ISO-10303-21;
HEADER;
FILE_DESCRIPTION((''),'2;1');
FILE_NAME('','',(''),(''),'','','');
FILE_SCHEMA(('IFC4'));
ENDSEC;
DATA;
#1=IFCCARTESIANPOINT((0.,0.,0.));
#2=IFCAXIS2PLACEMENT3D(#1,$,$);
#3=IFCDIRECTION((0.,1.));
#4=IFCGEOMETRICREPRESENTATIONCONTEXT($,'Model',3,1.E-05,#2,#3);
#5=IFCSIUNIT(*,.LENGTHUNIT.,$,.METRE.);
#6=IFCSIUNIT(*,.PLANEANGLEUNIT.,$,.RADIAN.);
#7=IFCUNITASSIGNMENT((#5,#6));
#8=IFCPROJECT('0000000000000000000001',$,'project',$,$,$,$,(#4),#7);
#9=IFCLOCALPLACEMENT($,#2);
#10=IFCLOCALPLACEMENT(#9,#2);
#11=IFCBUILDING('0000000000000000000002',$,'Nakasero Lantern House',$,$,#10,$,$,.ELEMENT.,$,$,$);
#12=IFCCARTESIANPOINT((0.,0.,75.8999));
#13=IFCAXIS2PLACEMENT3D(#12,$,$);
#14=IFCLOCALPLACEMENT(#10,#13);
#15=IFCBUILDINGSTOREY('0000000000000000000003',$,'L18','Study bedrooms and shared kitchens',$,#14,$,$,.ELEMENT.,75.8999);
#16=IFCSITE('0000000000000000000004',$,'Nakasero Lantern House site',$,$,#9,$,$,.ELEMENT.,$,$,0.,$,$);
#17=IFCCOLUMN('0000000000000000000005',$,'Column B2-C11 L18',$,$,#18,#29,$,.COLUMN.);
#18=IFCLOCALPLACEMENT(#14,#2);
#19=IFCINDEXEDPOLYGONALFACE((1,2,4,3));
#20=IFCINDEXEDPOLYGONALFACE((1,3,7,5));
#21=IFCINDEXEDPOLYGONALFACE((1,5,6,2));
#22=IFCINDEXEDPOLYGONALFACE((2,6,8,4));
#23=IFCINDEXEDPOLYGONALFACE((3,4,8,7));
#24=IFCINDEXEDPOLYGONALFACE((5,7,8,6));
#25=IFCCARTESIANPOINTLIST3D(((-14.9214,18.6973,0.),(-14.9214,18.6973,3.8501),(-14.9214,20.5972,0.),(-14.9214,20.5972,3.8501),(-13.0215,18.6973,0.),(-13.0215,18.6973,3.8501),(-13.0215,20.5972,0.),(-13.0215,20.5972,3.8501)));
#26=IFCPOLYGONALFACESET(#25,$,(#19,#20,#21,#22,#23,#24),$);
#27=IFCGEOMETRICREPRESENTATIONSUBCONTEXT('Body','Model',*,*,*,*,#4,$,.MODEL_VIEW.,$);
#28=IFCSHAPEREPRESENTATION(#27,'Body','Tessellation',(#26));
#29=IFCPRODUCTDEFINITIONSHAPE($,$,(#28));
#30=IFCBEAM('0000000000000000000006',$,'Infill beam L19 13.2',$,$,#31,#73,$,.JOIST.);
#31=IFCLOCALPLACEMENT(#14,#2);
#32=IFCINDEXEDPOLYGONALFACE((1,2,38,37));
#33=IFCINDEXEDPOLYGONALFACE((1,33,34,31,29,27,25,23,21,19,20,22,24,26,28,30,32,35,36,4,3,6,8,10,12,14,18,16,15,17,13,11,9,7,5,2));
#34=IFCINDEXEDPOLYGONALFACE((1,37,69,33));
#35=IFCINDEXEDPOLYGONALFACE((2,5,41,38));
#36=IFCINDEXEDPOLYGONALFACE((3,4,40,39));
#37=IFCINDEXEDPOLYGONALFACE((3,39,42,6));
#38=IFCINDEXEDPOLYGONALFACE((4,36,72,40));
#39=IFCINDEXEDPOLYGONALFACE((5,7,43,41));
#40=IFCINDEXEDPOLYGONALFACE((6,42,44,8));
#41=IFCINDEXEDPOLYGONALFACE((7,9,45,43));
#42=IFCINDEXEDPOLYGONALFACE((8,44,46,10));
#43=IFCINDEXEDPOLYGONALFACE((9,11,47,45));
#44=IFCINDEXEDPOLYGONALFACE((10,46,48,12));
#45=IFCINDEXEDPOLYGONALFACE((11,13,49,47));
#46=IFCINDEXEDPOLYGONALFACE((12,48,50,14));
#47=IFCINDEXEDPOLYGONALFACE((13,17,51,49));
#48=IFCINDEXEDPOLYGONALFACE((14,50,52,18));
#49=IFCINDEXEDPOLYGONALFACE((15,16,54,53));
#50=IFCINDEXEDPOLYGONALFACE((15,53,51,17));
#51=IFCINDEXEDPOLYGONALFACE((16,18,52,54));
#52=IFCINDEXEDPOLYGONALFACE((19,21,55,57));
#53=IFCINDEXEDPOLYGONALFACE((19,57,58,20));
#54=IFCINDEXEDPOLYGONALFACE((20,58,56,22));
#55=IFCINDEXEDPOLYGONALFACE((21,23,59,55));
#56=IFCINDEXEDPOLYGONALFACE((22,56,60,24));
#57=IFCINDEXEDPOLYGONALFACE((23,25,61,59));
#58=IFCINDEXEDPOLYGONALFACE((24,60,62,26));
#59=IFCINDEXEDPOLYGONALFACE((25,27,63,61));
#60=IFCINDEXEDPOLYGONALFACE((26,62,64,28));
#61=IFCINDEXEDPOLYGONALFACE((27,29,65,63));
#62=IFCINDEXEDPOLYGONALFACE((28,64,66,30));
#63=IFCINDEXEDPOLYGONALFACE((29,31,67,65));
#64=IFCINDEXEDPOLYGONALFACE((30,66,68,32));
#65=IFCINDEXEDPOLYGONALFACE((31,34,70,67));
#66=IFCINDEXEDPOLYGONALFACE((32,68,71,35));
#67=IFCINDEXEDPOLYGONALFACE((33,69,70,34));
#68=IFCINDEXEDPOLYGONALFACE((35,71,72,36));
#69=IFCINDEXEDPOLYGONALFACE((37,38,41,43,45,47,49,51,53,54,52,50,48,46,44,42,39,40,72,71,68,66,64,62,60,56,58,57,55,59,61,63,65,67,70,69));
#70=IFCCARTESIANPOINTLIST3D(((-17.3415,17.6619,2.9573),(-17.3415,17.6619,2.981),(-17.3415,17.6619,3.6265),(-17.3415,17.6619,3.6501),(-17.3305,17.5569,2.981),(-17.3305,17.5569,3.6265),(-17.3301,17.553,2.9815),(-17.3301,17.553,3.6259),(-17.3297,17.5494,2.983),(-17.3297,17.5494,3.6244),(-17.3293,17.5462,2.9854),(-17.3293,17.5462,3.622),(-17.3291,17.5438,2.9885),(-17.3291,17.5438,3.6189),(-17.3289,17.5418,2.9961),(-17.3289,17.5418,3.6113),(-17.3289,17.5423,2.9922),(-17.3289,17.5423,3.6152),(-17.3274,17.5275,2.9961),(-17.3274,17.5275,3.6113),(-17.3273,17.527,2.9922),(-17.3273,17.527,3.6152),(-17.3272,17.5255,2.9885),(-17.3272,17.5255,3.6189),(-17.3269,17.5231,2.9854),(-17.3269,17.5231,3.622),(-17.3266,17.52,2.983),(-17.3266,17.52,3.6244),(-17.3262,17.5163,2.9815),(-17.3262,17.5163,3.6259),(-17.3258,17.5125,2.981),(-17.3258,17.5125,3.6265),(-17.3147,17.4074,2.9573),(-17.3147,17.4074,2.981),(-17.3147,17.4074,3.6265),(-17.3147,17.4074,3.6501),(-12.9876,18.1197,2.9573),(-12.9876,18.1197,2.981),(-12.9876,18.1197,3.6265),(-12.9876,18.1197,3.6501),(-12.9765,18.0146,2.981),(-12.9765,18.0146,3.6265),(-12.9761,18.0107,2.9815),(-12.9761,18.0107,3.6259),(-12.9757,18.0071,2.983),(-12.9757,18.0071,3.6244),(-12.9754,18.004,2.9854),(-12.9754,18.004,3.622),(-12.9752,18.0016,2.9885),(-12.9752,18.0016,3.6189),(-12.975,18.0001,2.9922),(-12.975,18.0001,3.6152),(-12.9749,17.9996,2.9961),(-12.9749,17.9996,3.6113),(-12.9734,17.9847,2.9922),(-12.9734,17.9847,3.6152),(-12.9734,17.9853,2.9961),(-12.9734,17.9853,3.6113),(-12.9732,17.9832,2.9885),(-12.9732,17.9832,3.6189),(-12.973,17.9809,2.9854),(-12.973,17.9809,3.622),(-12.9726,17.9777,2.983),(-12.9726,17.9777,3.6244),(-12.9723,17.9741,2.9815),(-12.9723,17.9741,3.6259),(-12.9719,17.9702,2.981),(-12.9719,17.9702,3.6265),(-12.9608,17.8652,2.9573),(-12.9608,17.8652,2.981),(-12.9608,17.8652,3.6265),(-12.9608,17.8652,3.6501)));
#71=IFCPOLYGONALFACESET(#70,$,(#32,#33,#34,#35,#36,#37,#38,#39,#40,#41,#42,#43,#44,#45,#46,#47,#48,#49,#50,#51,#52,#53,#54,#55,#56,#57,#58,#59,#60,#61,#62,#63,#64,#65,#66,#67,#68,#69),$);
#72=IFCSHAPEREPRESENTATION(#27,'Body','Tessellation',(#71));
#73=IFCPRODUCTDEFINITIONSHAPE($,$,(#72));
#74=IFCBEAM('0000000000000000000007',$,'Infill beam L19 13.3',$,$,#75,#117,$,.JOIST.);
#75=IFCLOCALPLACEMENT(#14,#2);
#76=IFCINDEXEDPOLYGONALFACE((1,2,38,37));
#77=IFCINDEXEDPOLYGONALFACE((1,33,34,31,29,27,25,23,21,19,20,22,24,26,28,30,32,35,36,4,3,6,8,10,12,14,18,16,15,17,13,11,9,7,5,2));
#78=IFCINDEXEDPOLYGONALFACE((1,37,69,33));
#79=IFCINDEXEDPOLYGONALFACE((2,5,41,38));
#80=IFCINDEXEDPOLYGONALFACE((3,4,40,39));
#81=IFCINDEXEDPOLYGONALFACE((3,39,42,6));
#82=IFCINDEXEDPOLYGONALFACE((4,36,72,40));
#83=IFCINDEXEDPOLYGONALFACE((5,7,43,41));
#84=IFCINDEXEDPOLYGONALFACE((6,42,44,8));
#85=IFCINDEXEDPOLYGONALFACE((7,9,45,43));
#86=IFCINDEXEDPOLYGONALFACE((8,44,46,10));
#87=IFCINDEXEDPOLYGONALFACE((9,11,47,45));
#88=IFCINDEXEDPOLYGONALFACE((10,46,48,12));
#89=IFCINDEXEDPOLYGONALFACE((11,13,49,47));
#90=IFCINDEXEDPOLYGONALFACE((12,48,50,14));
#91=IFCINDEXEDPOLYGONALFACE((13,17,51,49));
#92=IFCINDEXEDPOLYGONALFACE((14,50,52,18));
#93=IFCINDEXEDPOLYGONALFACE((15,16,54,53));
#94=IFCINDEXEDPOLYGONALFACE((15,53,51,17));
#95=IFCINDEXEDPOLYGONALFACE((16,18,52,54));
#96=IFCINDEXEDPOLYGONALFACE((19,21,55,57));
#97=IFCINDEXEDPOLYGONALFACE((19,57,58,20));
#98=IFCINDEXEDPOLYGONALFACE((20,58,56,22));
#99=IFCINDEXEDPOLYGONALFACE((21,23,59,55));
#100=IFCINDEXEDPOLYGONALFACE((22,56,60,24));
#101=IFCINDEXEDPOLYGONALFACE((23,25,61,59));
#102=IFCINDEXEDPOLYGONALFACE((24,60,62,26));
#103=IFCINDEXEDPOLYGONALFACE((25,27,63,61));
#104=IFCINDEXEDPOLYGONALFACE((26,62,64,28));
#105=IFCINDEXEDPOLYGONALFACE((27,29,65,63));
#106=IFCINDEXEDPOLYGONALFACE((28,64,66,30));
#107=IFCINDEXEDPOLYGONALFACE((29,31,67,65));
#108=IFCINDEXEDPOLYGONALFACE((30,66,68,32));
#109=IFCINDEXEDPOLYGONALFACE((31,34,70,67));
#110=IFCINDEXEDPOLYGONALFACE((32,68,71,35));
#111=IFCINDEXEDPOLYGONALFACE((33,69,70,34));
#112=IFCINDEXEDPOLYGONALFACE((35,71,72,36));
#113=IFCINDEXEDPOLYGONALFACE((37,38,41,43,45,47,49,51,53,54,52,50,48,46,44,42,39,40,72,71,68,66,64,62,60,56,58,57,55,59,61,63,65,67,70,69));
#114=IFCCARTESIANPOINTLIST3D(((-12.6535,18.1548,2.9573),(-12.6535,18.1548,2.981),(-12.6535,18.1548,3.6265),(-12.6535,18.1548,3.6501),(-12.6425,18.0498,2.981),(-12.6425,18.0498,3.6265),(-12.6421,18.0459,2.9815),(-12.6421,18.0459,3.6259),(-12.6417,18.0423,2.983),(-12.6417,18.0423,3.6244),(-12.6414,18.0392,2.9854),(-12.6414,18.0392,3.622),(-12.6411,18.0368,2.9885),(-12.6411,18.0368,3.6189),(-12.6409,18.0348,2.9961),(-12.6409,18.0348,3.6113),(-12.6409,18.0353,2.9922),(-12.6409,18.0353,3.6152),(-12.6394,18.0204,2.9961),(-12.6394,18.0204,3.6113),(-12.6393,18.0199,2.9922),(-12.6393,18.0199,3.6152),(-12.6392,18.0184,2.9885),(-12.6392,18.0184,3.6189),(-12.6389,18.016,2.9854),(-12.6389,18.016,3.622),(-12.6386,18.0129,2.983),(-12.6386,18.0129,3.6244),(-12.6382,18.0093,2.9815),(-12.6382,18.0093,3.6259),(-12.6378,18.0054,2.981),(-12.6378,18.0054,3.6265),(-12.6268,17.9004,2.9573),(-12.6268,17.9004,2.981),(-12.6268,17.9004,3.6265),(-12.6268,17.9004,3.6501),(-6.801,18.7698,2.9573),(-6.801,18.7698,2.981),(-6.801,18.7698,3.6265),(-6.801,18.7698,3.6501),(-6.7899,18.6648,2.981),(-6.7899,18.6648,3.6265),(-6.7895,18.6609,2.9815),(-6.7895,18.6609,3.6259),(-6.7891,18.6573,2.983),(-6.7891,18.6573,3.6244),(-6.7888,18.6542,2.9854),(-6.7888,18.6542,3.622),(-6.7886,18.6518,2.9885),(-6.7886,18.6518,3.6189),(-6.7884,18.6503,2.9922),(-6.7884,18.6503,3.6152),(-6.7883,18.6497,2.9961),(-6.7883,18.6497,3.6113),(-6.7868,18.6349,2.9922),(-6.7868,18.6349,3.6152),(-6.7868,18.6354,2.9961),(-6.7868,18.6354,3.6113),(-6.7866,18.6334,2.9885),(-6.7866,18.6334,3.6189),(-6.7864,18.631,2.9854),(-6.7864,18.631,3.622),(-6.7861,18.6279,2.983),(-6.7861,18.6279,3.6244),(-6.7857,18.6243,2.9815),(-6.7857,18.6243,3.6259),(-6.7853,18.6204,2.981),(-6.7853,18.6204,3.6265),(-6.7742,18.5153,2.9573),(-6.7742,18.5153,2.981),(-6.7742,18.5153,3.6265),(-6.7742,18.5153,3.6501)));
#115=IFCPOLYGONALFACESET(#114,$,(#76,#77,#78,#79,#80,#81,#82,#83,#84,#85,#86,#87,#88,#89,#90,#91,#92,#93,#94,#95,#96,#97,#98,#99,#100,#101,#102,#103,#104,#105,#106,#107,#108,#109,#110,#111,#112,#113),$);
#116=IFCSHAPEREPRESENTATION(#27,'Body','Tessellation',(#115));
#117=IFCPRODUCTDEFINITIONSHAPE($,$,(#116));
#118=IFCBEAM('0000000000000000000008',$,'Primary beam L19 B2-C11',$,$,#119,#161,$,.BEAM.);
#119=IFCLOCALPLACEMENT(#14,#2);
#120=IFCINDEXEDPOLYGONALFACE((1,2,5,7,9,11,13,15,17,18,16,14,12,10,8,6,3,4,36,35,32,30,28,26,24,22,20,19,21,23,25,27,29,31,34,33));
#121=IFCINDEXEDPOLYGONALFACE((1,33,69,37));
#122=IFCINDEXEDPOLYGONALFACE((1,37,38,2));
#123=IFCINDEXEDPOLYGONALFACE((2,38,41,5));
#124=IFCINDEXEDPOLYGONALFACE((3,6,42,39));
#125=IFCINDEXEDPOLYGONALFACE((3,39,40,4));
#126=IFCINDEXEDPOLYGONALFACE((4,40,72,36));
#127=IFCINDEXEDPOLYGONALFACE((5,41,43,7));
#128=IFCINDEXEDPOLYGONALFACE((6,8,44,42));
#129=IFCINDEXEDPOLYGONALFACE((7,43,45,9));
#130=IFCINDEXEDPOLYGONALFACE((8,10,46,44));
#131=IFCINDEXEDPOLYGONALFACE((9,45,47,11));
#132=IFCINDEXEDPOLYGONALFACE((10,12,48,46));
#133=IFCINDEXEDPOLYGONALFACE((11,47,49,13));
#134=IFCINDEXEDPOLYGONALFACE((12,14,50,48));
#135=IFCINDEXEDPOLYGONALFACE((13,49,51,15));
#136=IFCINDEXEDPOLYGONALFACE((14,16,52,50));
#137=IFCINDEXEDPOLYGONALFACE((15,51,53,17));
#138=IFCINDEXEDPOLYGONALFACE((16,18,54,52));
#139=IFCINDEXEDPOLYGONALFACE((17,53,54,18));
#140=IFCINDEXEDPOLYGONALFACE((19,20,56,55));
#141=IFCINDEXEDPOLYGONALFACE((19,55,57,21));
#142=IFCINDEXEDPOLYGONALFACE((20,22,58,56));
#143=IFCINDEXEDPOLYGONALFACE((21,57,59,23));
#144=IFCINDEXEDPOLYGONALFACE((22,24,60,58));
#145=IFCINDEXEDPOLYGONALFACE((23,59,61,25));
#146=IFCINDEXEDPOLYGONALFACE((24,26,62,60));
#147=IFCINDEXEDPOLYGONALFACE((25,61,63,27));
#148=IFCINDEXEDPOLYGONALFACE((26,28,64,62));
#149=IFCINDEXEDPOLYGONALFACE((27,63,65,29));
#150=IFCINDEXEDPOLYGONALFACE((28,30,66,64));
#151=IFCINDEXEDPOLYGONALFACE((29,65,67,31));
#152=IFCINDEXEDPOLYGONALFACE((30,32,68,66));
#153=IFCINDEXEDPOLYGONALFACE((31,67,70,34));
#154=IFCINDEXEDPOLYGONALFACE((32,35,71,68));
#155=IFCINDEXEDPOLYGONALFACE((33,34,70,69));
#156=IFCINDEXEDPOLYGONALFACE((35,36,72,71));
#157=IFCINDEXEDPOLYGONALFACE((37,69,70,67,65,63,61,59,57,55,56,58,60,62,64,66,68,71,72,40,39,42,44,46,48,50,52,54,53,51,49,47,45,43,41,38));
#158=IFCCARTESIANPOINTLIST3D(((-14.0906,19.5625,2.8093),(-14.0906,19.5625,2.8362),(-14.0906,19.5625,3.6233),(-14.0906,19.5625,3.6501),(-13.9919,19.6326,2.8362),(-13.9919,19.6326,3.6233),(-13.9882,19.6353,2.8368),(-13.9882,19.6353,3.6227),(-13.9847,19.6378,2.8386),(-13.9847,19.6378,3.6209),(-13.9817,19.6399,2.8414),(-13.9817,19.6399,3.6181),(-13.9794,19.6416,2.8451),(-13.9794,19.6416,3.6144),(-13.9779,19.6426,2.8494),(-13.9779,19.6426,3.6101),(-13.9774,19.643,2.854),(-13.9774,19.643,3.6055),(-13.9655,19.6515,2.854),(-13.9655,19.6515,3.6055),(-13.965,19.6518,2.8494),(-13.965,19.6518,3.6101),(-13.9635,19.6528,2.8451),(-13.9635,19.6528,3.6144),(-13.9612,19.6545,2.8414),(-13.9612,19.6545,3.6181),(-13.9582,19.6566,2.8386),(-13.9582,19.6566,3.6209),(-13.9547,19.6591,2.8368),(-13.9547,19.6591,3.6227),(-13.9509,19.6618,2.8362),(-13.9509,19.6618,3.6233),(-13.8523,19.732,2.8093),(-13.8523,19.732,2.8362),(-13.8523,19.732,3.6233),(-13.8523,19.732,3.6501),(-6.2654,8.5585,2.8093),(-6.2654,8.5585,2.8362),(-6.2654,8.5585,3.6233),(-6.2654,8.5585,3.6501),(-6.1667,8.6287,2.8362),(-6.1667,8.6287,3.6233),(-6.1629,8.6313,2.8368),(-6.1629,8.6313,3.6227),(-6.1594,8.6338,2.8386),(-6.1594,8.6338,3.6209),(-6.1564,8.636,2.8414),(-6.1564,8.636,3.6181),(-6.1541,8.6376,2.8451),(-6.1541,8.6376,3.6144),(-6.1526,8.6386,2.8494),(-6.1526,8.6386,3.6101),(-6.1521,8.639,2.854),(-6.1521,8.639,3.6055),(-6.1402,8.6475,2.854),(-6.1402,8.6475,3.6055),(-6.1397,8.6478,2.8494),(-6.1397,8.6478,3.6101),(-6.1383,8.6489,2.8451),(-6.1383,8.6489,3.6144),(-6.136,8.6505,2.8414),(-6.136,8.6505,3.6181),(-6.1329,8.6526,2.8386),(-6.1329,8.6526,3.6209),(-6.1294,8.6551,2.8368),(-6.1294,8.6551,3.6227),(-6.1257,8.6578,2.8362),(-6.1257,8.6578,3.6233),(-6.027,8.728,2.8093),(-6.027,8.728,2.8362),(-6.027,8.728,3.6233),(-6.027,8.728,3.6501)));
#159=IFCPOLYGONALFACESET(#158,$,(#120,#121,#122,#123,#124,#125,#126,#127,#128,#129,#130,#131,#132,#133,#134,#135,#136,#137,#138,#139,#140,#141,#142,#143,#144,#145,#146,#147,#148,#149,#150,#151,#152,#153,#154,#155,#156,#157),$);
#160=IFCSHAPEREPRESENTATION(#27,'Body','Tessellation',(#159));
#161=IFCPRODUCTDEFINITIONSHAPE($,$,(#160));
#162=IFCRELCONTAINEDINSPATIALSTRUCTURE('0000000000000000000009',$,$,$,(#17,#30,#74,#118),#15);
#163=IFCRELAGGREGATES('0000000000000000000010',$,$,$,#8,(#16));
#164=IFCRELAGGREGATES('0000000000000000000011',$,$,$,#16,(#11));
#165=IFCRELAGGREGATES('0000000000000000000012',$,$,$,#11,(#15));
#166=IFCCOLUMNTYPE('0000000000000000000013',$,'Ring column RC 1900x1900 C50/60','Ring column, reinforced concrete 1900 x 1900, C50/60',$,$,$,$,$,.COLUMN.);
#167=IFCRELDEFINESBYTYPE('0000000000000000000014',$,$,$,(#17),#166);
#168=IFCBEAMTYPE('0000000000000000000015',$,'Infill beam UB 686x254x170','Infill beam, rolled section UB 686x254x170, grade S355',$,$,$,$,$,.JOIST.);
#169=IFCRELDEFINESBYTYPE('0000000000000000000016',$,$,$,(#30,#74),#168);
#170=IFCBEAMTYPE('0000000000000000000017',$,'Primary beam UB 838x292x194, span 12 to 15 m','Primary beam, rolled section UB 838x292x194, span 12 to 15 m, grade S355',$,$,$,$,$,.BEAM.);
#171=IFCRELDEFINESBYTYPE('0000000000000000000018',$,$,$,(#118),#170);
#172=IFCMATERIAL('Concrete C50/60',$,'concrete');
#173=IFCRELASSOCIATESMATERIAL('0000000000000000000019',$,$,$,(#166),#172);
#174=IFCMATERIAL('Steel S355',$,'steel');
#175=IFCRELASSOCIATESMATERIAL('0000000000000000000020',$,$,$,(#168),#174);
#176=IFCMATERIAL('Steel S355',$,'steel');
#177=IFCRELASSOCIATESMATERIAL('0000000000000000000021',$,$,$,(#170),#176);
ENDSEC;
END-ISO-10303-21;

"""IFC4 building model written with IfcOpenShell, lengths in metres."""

from ifc_helpers import new_model, si_unit, direction, frame, origin, origin_2d, place, context, subcontext, project, spatial, rectangle, i_section, extrude, material, material_profile, profile_set, type_object, element, save


model = new_model("IFC4")

# Units and contexts
model_context = context("Model", 3, precision=1e-05, world=origin(), true_north=direction((0.0, 1.0)))
body_context = subcontext(model_context, "Body", "Model", "MODEL_VIEW")
ifc_project = project(units=[si_unit("LENGTHUNIT", "METRE"), si_unit("PLANEANGLEUNIT", "RADIAN")], contexts=[model_context])

# Site, building, storey
site_placement = place(None, origin())
site = spatial("IfcSite", under=ifc_project, at=site_placement, Name="Nakasero Lantern House site", CompositionType="ELEMENT", RefElevation=0.0)
building_placement = place(site_placement, origin())
building = spatial("IfcBuilding", under=site, at=building_placement, Name="Nakasero Lantern House", CompositionType="ELEMENT")
storey_placement = place(building_placement, frame((0.0, 0.0, 75.8999)))
storey = spatial("IfcBuildingStorey", under=building, at=storey_placement, Name="L18", Description="Study bedrooms and shared kitchens", CompositionType="ELEMENT", Elevation=75.8999)

# Column
ifc_material_1 = material(Name="Concrete C50/60", Category="concrete")
ifc_material_profile_1 = material_profile(ifc_material_1, rectangle(XDim=1.8999, YDim=1.8999, at=origin_2d()), Name="RC 1900x1900")
ifc_profile_set_1 = profile_set([ifc_material_profile_1], Name="Concrete C50/60")
column_type = type_object("IfcColumnType", Name="Ring column RC 1900x1900 C50/60", Description="Ring column, reinforced concrete 1900 x 1900, C50/60", PredefinedType="COLUMN", material=ifc_profile_set_1)
column_placement = place(storey_placement, frame((-13.9714, 19.6472, 0.0), z_axis=(0.0, 0.0, 1.0), x_axis=(1.0, 0.0, 0.0)))
element("IfcColumn", 1, at=column_placement, inside=storey, type_object=column_type, Name="Column B2-C11 L18", PredefinedType="COLUMN", context=body_context, shape_type="SweptSolid", body=[
    extrude(rectangle(XDim=1.8999, YDim=1.8999, at=origin_2d()), origin(), (0.0, 0.0, 1.0), 3.8501),
])

# Beams
ifc_material_2 = material(Name="Steel S355", Category="steel")
ifc_material_profile_2 = material_profile(ifc_material_2, i_section(OverallWidth=0.2559, OverallDepth=0.6929, WebThickness=0.0144, FlangeThickness=0.0237, FilletRadius=0.0151, at=origin_2d()), Name="UB 686x254x170")
ifc_profile_set_2 = profile_set([ifc_material_profile_2], Name="Steel S355")
beam_type_1 = type_object("IfcBeamType", Name="Infill beam UB 686x254x170", Description="Infill beam, rolled section UB 686x254x170, grade S355", PredefinedType="JOIST", material=ifc_profile_set_2)
beam_1_placement = place(storey_placement, frame((-17.3281, 17.5347, 3.3037), z_axis=(0.994519, 0.10456, 0.0), x_axis=(-0.10456, 0.994519, 0.0)))
element("IfcBeam", 2, at=beam_1_placement, inside=storey, type_object=beam_type_1, Name="Infill beam L19 13.2", PredefinedType="JOIST", context=body_context, shape_type="SweptSolid", body=[
    extrude(i_section(OverallWidth=0.2559, OverallDepth=0.6929, WebThickness=0.0144, FlangeThickness=0.0237, FilletRadius=0.0151, at=origin_2d()), origin(), (0.0, 0.0, 1.0), 4.3779),
])
beam_2_placement = place(storey_placement, frame((-12.6401, 18.0276, 3.3037), z_axis=(0.994524, 0.104506, 0.0), x_axis=(-0.104506, 0.994524, 0.0)))
element("IfcBeam", 3, at=beam_2_placement, inside=storey, type_object=beam_type_1, Name="Infill beam L19 13.3", PredefinedType="JOIST", context=body_context, shape_type="SweptSolid", body=[
    extrude(i_section(OverallWidth=0.2559, OverallDepth=0.6929, WebThickness=0.0144, FlangeThickness=0.0237, FilletRadius=0.0151, at=origin_2d()), origin(), (0.0, 0.0, 1.0), 5.8848),
])
ifc_material_3 = material(Name="Steel S355", Category="steel")
ifc_material_profile_3 = material_profile(ifc_material_3, i_section(OverallWidth=0.2925, OverallDepth=0.8408, WebThickness=0.0146, FlangeThickness=0.0269, FilletRadius=0.0178, at=origin_2d()), Name="UB 838x292x194")
ifc_profile_set_3 = profile_set([ifc_material_profile_3], Name="Steel S355")
beam_type_2 = type_object("IfcBeamType", Name="Primary beam UB 838x292x194, span 12 to 15 m", Description="Primary beam, rolled section UB 838x292x194, span 12 to 15 m, grade S355", PredefinedType="BEAM", material=ifc_profile_set_3)
beam_3_placement = place(storey_placement, frame((-13.9714, 19.6472, 3.2297), z_axis=(0.579533, -0.814948, 0.0), x_axis=(0.814948, 0.579533, 0.0)))
element("IfcBeam", 4, at=beam_3_placement, inside=storey, type_object=beam_type_2, Name="Primary beam L19 B2-C11", PredefinedType="BEAM", context=body_context, shape_type="SweptSolid", body=[
    extrude(i_section(OverallWidth=0.2925, OverallDepth=0.8408, WebThickness=0.0146, FlangeThickness=0.0269, FilletRadius=0.0178, at=origin_2d()), origin(), (0.0, 0.0, 1.0), 13.5027),
])

save(model, "model.ifc")
